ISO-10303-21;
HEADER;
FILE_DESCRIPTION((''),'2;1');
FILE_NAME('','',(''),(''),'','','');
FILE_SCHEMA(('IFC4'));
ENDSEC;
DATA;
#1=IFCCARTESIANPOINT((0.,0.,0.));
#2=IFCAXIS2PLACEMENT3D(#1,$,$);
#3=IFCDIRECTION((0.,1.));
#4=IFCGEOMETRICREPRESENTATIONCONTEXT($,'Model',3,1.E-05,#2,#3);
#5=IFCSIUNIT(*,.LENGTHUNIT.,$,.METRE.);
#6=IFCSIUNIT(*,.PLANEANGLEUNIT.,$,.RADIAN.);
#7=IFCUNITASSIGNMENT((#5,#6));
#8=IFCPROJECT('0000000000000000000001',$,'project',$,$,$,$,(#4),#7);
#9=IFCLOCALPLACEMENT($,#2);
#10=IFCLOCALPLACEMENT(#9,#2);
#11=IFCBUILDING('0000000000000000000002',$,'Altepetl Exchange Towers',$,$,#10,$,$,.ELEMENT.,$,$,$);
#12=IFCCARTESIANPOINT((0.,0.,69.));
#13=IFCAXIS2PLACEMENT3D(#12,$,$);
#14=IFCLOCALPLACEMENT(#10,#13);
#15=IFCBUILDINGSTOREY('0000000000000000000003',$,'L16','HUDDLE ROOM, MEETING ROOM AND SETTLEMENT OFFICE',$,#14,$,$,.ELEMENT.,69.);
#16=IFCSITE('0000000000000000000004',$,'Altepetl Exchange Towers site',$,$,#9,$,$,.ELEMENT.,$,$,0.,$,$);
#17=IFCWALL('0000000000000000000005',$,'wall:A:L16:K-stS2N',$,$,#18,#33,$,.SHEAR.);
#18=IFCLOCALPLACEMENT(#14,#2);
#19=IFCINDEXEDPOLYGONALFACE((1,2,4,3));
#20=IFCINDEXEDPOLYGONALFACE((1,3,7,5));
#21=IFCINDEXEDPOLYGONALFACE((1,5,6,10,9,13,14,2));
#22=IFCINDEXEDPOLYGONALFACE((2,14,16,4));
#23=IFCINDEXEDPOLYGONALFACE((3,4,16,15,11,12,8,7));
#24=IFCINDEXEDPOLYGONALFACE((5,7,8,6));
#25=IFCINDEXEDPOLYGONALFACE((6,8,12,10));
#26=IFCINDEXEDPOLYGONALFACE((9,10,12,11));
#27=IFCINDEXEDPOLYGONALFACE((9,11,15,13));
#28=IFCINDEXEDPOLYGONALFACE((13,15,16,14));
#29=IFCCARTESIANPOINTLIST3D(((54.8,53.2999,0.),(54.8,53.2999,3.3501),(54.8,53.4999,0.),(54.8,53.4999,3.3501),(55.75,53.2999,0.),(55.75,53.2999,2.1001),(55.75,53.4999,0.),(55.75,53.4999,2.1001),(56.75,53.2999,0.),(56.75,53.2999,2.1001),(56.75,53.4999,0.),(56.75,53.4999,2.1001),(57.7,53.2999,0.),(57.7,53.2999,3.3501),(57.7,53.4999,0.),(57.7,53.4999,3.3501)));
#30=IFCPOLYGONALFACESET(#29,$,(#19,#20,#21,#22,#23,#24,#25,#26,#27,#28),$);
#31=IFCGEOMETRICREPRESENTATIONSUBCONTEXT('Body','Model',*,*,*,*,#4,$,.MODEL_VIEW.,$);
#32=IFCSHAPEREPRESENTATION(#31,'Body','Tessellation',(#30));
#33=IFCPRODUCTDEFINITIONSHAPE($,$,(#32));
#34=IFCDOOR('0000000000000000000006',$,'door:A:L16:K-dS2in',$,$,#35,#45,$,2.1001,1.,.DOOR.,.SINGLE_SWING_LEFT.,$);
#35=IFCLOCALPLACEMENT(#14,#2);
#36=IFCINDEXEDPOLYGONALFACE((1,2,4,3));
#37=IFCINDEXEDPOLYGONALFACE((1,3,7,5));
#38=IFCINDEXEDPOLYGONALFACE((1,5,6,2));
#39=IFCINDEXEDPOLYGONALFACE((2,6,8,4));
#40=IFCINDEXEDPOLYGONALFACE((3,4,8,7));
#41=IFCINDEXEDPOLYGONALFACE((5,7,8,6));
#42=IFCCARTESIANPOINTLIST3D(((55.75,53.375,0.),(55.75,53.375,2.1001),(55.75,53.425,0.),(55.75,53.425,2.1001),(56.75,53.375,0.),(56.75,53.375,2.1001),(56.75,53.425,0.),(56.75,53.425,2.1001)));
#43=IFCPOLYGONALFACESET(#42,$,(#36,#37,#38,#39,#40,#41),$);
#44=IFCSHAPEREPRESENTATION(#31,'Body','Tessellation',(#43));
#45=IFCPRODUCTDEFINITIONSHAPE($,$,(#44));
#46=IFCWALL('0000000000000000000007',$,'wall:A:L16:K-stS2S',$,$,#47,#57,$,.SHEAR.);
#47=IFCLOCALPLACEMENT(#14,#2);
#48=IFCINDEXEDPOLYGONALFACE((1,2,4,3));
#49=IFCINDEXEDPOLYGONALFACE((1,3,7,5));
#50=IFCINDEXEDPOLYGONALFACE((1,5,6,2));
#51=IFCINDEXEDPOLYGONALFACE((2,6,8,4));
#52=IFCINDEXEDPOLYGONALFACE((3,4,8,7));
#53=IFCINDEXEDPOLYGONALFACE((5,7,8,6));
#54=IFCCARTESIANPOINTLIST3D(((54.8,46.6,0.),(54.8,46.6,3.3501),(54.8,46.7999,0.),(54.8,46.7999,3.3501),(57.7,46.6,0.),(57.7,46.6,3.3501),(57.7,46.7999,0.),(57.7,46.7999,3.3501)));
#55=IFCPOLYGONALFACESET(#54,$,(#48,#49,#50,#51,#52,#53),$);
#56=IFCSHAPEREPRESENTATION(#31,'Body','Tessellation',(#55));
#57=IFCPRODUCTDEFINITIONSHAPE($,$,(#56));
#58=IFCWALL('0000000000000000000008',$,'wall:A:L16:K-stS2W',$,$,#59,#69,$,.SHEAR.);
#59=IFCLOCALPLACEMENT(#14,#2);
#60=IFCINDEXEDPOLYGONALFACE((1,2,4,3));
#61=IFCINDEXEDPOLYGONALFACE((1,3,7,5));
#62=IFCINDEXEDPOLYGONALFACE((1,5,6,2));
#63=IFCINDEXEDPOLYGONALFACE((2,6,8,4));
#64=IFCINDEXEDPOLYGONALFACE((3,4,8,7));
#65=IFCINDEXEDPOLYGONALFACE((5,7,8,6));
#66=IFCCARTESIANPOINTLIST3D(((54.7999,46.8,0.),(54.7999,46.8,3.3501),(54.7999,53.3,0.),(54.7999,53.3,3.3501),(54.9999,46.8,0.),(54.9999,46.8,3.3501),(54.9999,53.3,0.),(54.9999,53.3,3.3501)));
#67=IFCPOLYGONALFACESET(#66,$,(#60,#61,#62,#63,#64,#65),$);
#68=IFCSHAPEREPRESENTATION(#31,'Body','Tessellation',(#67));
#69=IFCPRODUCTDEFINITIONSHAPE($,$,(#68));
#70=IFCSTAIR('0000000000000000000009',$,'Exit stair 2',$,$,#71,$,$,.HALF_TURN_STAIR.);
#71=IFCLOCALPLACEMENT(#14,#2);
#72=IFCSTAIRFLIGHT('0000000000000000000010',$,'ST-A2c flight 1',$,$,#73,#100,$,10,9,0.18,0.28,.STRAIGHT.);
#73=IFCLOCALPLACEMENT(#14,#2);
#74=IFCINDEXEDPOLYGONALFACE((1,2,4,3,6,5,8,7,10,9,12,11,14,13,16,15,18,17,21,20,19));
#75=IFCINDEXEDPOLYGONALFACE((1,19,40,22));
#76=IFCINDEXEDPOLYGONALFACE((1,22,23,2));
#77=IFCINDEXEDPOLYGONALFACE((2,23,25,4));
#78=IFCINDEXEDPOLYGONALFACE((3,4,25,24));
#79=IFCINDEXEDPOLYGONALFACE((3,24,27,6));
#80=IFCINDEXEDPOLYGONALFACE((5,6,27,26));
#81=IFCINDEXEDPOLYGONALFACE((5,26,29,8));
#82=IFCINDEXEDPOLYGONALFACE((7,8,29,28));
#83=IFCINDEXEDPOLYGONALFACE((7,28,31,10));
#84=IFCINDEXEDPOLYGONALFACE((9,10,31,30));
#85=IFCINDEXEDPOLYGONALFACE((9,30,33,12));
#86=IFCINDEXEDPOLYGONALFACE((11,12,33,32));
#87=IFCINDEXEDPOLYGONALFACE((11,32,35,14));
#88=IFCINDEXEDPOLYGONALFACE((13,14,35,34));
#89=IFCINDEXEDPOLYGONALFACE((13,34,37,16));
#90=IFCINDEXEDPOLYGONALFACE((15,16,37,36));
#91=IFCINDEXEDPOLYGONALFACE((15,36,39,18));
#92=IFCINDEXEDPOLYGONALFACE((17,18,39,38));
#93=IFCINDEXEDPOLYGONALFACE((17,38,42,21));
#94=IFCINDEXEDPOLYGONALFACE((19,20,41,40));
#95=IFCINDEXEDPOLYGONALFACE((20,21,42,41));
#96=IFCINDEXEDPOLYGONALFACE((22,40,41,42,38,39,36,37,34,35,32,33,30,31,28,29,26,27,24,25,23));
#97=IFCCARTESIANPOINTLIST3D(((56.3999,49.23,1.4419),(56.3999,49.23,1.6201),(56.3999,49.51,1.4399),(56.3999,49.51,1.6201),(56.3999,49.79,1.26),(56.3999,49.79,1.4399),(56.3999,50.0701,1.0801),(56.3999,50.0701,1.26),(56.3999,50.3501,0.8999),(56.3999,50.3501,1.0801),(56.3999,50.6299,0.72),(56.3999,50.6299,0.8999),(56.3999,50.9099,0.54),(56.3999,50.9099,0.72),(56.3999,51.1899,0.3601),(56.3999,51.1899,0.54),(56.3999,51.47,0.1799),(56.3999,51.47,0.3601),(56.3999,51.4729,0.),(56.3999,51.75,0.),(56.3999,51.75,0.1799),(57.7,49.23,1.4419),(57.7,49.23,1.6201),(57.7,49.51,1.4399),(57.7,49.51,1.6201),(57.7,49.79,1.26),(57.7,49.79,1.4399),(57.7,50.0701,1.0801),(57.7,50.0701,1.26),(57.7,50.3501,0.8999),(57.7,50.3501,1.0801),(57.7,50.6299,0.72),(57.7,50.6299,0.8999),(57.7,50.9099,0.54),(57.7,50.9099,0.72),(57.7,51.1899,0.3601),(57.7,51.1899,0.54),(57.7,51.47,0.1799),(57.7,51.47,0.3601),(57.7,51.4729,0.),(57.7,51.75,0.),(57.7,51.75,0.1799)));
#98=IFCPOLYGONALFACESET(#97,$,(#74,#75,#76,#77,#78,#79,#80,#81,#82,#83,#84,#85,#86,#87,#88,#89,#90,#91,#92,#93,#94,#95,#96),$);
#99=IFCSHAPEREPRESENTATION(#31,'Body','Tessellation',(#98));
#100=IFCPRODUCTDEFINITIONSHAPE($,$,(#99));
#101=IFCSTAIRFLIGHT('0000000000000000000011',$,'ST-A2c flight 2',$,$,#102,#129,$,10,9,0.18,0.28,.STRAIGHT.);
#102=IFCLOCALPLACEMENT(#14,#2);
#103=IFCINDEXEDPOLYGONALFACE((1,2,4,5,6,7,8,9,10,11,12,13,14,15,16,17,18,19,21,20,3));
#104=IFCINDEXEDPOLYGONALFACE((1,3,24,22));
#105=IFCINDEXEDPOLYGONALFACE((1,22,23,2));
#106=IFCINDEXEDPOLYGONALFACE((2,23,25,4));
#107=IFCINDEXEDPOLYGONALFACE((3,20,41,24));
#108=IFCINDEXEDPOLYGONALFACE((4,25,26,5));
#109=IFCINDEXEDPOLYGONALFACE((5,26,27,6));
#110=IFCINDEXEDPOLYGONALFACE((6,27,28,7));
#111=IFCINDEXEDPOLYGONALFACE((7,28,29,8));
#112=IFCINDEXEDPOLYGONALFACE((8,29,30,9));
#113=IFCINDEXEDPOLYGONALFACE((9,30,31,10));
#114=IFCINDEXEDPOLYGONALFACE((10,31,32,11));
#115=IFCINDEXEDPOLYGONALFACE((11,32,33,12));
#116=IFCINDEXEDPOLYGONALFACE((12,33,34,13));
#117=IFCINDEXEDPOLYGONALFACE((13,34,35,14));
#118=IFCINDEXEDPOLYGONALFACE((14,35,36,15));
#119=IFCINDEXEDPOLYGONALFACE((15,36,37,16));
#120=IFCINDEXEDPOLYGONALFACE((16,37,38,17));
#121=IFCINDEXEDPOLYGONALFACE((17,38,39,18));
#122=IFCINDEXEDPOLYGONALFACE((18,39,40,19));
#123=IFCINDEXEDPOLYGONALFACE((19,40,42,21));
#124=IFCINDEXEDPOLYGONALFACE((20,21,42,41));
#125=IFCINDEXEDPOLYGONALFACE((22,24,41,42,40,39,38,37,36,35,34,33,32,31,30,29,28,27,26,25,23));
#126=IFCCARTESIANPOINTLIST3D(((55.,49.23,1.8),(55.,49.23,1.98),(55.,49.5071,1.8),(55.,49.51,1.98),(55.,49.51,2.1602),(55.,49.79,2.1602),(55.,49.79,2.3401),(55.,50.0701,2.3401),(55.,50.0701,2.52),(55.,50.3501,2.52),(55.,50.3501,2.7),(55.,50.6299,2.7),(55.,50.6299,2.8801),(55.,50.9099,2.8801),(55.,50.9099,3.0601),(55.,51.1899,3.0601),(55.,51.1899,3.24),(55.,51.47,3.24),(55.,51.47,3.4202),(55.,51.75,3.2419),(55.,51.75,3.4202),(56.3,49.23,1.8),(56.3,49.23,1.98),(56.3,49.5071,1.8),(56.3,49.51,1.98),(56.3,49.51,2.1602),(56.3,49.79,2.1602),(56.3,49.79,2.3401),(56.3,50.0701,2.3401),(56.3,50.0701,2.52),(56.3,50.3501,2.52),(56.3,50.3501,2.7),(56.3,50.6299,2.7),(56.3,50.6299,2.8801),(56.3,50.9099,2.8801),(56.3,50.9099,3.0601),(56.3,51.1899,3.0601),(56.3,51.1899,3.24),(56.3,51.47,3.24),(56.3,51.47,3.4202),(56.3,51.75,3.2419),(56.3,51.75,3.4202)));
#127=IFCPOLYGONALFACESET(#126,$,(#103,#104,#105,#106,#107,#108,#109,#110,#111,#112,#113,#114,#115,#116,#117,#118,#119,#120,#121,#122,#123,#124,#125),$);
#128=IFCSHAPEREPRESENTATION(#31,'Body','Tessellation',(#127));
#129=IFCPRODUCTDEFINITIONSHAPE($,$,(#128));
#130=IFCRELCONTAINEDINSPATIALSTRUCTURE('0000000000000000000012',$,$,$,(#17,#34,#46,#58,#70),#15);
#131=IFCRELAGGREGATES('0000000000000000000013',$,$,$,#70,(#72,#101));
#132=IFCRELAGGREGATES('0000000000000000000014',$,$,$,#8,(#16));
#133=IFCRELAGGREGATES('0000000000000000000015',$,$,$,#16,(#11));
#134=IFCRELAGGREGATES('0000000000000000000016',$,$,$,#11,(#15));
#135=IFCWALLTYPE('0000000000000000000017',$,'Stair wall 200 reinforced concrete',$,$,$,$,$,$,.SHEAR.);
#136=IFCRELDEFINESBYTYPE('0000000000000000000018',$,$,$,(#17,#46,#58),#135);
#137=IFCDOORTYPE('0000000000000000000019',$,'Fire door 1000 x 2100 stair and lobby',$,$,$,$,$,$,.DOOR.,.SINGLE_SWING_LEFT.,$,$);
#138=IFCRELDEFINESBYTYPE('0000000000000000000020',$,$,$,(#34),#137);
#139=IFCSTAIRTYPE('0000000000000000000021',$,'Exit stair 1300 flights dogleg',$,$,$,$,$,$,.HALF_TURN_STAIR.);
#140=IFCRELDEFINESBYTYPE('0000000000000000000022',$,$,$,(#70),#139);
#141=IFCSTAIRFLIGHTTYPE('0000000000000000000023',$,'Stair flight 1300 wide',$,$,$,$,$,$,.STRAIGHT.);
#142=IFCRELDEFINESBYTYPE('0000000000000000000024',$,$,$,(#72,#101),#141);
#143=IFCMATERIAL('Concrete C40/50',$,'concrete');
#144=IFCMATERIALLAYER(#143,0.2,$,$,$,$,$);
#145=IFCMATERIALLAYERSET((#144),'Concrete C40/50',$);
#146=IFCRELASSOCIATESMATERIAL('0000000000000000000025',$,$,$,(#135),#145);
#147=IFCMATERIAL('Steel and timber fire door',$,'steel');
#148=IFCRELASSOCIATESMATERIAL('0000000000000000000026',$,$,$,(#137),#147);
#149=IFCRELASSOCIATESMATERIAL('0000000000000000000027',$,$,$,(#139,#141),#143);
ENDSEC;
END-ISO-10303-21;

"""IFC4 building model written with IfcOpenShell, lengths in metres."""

from ifc_helpers import new_model, si_unit, direction, frame, frame_2d, origin, place, context, subcontext, project, spatial, polyline, rectangle, outline, extrude, material, layer, layer_set, type_object, element, fill, aggregate, save


model = new_model("IFC4")

# Units and contexts
model_context = context("Model", 3, precision=1e-05, world=origin(), true_north=direction((0.0, 1.0)))
body_context = subcontext(model_context, "Body", "Model", "MODEL_VIEW")
ifc_project = project(units=[si_unit("LENGTHUNIT", "METRE"), si_unit("PLANEANGLEUNIT", "RADIAN")], contexts=[model_context])

# Site, building, storey
site_placement = place(None, origin())
site = spatial("IfcSite", under=ifc_project, at=site_placement, Name="Altepetl Exchange Towers site", CompositionType="ELEMENT", RefElevation=0.0)
building_placement = place(site_placement, origin())
building = spatial("IfcBuilding", under=site, at=building_placement, Name="Altepetl Exchange Towers", CompositionType="ELEMENT")
storey_placement = place(building_placement, frame((0.0, 0.0, 69.0)))
storey = spatial("IfcBuildingStorey", under=building, at=storey_placement, Name="L16", Description="HUDDLE ROOM, MEETING ROOM AND SETTLEMENT OFFICE", CompositionType="ELEMENT", Elevation=69.0)

# Shared definitions
ifc_material_1 = material(Name="Concrete C40/50", Category="concrete")

# Wall, opening, door
ifc_layer_1 = layer(ifc_material_1, 0.2)
ifc_layer_set_1 = layer_set([ifc_layer_1], Name="Concrete C40/50")
wall_type_1 = type_object("IfcWallType", Name="Stair wall 200 reinforced concrete", PredefinedType="SHEAR", material=ifc_layer_set_1)
wall_1_placement = place(storey_placement, frame((54.8, 53.3999, 0.0)))
wall_1 = element("IfcWall", 1, at=wall_1_placement, inside=storey, type_object=wall_type_1, Name="wall:A:L16:K-stS2N", PredefinedType="SHEAR", context=body_context, shape_type="SweptSolid", body=[
    extrude(rectangle(XDim=2.8999, YDim=0.2, at=frame_2d((1.45, 0.0))), origin(), (0.0, 0.0, 1.0), 3.3501),
])
opening_placement = place(wall_1_placement, frame((0.95, 0.0, 0.0)))
opening = element("IfcOpeningElement", 2, at=opening_placement, cuts=wall_1, PredefinedType="OPENING", context=body_context, shape_type="SweptSolid", body=[
    extrude(rectangle(XDim=1.0, YDim=2.1001, at=frame_2d((0.5, 1.05))), frame((0.0, 0.1099, 0.0), z_axis=(0.0, -1.0, 0.0), x_axis=(1.0, 0.0, 0.0)), (0.0, 0.0, 1.0), 0.22),
])
ifc_material_2 = material(Name="Steel and timber fire door", Category="steel")
door_type = type_object("IfcDoorType", Name="Fire door 1000 x 2100 stair and lobby", OperationType="SINGLE_SWING_LEFT", PredefinedType="DOOR", material=ifc_material_2)
door_placement = place(opening_placement, frame((1.0, 0.0, 0.0), x_axis=(-1.0, 0.0, 0.0)))
door = element("IfcDoor", 3, at=door_placement, inside=storey, type_object=door_type, Name="door:A:L16:K-dS2in", OperationType="SINGLE_SWING_LEFT", OverallHeight=2.1001, OverallWidth=1.0, PredefinedType="DOOR", context=body_context, shape_type="SweptSolid", body=[
    extrude(rectangle(XDim=1.0, YDim=2.1001, at=frame_2d((0.5, 1.05))), frame((0.0, 0.0249, 0.0), z_axis=(0.0, -1.0, 0.0), x_axis=(1.0, 0.0, 0.0)), (0.0, 0.0, 1.0), 0.05),
])
fill(opening, door)

# Walls
wall_2_placement = place(storey_placement, frame((54.8, 46.7, 0.0)))
element("IfcWall", 4, at=wall_2_placement, inside=storey, type_object=wall_type_1, Name="wall:A:L16:K-stS2S", PredefinedType="SHEAR", context=body_context, shape_type="SweptSolid", body=[
    extrude(rectangle(XDim=2.8999, YDim=0.2, at=frame_2d((1.45, 0.0))), origin(), (0.0, 0.0, 1.0), 3.3501),
])
wall_3_placement = place(storey_placement, frame((54.8999, 46.8, 0.0), z_axis=(0.0, 0.0, 1.0), x_axis=(0.0, 1.0, 0.0)))
element("IfcWall", 5, at=wall_3_placement, inside=storey, type_object=wall_type_1, Name="wall:A:L16:K-stS2W", PredefinedType="SHEAR", context=body_context, shape_type="SweptSolid", body=[
    extrude(rectangle(XDim=6.5, YDim=0.2, at=frame_2d((3.25, 0.0))), origin(), (0.0, 0.0, 1.0), 3.3501),
])

# Stair, stair flights
stair_type = type_object("IfcStairType", Name="Exit stair 1300 flights dogleg", PredefinedType="HALF_TURN_STAIR", material=ifc_material_1)
stair_placement = place(storey_placement, origin())
stair = element("IfcStair", 6, at=stair_placement, inside=storey, type_object=stair_type, Name="Exit stair 2", PredefinedType="HALF_TURN_STAIR")
stair_flight_type = type_object("IfcStairFlightType", Name="Stair flight 1300 wide", PredefinedType="STRAIGHT", material=ifc_material_1)
stair_flight_1_placement = place(storey_placement, frame((57.05, 51.75, 0.0), z_axis=(0.0, 0.0, 1.0), x_axis=(0.0, -1.0, 0.0)))
stair_flight_1 = element("IfcStairFlight", 7, at=stair_flight_1_placement, type_object=stair_flight_type, Name="ST-A2c flight 1", NumberOfRisers=10, NumberOfTreads=9, PredefinedType="STRAIGHT", RiserHeight=0.18, TreadLength=0.28, context=body_context, shape_type="SweptSolid", body=[
    extrude(outline(polyline([(0.0, 0.0), (0.0, 0.1799), (0.28, 0.1799), (0.28, 0.3601), (0.5601, 0.3601), (0.5601, 0.54), (0.8401, 0.54), (0.8401, 0.72), (1.1201, 0.72), (1.1201, 0.8999), (1.3999, 0.8999), (1.3999, 1.0801), (1.6799, 1.0801), (1.6799, 1.26), (1.96, 1.26), (1.96, 1.4399), (2.24, 1.4399), (2.24, 1.6201), (2.52, 1.6201), (2.52, 1.8), (2.52, 1.4419), (0.2771, 0.0), (0.0, 0.0)])), frame((0.0, 0.6499, 0.0), z_axis=(0.0, -1.0, 0.0), x_axis=(1.0, 0.0, 0.0)), (0.0, 0.0, 1.0), 1.3),
])
stair_flight_2_placement = place(storey_placement, frame((55.6499, 49.23, 1.8), z_axis=(0.0, 0.0, 1.0), x_axis=(0.0, 1.0, 0.0)))
stair_flight_2 = element("IfcStairFlight", 8, at=stair_flight_2_placement, type_object=stair_flight_type, Name="ST-A2c flight 2", NumberOfRisers=10, NumberOfTreads=9, PredefinedType="STRAIGHT", RiserHeight=0.18, TreadLength=0.28, context=body_context, shape_type="SweptSolid", body=[
    extrude(outline(polyline([(0.0, 0.0), (0.0, 0.1799), (0.28, 0.1799), (0.28, 0.3601), (0.5601, 0.3601), (0.5601, 0.54), (0.8401, 0.54), (0.8401, 0.72), (1.1201, 0.72), (1.1201, 0.8999), (1.3999, 0.8999), (1.3999, 1.0801), (1.6799, 1.0801), (1.6799, 1.26), (1.96, 1.26), (1.96, 1.4399), (2.24, 1.4399), (2.24, 1.6201), (2.52, 1.6201), (2.52, 1.8), (2.52, 1.4419), (0.2771, 0.0), (0.0, 0.0)])), frame((0.0, 0.6499, 0.0), z_axis=(0.0, -1.0, 0.0), x_axis=(1.0, 0.0, 0.0)), (0.0, 0.0, 1.0), 1.3),
])
aggregate(stair, [stair_flight_1, stair_flight_2])

save(model, "model.ifc")
